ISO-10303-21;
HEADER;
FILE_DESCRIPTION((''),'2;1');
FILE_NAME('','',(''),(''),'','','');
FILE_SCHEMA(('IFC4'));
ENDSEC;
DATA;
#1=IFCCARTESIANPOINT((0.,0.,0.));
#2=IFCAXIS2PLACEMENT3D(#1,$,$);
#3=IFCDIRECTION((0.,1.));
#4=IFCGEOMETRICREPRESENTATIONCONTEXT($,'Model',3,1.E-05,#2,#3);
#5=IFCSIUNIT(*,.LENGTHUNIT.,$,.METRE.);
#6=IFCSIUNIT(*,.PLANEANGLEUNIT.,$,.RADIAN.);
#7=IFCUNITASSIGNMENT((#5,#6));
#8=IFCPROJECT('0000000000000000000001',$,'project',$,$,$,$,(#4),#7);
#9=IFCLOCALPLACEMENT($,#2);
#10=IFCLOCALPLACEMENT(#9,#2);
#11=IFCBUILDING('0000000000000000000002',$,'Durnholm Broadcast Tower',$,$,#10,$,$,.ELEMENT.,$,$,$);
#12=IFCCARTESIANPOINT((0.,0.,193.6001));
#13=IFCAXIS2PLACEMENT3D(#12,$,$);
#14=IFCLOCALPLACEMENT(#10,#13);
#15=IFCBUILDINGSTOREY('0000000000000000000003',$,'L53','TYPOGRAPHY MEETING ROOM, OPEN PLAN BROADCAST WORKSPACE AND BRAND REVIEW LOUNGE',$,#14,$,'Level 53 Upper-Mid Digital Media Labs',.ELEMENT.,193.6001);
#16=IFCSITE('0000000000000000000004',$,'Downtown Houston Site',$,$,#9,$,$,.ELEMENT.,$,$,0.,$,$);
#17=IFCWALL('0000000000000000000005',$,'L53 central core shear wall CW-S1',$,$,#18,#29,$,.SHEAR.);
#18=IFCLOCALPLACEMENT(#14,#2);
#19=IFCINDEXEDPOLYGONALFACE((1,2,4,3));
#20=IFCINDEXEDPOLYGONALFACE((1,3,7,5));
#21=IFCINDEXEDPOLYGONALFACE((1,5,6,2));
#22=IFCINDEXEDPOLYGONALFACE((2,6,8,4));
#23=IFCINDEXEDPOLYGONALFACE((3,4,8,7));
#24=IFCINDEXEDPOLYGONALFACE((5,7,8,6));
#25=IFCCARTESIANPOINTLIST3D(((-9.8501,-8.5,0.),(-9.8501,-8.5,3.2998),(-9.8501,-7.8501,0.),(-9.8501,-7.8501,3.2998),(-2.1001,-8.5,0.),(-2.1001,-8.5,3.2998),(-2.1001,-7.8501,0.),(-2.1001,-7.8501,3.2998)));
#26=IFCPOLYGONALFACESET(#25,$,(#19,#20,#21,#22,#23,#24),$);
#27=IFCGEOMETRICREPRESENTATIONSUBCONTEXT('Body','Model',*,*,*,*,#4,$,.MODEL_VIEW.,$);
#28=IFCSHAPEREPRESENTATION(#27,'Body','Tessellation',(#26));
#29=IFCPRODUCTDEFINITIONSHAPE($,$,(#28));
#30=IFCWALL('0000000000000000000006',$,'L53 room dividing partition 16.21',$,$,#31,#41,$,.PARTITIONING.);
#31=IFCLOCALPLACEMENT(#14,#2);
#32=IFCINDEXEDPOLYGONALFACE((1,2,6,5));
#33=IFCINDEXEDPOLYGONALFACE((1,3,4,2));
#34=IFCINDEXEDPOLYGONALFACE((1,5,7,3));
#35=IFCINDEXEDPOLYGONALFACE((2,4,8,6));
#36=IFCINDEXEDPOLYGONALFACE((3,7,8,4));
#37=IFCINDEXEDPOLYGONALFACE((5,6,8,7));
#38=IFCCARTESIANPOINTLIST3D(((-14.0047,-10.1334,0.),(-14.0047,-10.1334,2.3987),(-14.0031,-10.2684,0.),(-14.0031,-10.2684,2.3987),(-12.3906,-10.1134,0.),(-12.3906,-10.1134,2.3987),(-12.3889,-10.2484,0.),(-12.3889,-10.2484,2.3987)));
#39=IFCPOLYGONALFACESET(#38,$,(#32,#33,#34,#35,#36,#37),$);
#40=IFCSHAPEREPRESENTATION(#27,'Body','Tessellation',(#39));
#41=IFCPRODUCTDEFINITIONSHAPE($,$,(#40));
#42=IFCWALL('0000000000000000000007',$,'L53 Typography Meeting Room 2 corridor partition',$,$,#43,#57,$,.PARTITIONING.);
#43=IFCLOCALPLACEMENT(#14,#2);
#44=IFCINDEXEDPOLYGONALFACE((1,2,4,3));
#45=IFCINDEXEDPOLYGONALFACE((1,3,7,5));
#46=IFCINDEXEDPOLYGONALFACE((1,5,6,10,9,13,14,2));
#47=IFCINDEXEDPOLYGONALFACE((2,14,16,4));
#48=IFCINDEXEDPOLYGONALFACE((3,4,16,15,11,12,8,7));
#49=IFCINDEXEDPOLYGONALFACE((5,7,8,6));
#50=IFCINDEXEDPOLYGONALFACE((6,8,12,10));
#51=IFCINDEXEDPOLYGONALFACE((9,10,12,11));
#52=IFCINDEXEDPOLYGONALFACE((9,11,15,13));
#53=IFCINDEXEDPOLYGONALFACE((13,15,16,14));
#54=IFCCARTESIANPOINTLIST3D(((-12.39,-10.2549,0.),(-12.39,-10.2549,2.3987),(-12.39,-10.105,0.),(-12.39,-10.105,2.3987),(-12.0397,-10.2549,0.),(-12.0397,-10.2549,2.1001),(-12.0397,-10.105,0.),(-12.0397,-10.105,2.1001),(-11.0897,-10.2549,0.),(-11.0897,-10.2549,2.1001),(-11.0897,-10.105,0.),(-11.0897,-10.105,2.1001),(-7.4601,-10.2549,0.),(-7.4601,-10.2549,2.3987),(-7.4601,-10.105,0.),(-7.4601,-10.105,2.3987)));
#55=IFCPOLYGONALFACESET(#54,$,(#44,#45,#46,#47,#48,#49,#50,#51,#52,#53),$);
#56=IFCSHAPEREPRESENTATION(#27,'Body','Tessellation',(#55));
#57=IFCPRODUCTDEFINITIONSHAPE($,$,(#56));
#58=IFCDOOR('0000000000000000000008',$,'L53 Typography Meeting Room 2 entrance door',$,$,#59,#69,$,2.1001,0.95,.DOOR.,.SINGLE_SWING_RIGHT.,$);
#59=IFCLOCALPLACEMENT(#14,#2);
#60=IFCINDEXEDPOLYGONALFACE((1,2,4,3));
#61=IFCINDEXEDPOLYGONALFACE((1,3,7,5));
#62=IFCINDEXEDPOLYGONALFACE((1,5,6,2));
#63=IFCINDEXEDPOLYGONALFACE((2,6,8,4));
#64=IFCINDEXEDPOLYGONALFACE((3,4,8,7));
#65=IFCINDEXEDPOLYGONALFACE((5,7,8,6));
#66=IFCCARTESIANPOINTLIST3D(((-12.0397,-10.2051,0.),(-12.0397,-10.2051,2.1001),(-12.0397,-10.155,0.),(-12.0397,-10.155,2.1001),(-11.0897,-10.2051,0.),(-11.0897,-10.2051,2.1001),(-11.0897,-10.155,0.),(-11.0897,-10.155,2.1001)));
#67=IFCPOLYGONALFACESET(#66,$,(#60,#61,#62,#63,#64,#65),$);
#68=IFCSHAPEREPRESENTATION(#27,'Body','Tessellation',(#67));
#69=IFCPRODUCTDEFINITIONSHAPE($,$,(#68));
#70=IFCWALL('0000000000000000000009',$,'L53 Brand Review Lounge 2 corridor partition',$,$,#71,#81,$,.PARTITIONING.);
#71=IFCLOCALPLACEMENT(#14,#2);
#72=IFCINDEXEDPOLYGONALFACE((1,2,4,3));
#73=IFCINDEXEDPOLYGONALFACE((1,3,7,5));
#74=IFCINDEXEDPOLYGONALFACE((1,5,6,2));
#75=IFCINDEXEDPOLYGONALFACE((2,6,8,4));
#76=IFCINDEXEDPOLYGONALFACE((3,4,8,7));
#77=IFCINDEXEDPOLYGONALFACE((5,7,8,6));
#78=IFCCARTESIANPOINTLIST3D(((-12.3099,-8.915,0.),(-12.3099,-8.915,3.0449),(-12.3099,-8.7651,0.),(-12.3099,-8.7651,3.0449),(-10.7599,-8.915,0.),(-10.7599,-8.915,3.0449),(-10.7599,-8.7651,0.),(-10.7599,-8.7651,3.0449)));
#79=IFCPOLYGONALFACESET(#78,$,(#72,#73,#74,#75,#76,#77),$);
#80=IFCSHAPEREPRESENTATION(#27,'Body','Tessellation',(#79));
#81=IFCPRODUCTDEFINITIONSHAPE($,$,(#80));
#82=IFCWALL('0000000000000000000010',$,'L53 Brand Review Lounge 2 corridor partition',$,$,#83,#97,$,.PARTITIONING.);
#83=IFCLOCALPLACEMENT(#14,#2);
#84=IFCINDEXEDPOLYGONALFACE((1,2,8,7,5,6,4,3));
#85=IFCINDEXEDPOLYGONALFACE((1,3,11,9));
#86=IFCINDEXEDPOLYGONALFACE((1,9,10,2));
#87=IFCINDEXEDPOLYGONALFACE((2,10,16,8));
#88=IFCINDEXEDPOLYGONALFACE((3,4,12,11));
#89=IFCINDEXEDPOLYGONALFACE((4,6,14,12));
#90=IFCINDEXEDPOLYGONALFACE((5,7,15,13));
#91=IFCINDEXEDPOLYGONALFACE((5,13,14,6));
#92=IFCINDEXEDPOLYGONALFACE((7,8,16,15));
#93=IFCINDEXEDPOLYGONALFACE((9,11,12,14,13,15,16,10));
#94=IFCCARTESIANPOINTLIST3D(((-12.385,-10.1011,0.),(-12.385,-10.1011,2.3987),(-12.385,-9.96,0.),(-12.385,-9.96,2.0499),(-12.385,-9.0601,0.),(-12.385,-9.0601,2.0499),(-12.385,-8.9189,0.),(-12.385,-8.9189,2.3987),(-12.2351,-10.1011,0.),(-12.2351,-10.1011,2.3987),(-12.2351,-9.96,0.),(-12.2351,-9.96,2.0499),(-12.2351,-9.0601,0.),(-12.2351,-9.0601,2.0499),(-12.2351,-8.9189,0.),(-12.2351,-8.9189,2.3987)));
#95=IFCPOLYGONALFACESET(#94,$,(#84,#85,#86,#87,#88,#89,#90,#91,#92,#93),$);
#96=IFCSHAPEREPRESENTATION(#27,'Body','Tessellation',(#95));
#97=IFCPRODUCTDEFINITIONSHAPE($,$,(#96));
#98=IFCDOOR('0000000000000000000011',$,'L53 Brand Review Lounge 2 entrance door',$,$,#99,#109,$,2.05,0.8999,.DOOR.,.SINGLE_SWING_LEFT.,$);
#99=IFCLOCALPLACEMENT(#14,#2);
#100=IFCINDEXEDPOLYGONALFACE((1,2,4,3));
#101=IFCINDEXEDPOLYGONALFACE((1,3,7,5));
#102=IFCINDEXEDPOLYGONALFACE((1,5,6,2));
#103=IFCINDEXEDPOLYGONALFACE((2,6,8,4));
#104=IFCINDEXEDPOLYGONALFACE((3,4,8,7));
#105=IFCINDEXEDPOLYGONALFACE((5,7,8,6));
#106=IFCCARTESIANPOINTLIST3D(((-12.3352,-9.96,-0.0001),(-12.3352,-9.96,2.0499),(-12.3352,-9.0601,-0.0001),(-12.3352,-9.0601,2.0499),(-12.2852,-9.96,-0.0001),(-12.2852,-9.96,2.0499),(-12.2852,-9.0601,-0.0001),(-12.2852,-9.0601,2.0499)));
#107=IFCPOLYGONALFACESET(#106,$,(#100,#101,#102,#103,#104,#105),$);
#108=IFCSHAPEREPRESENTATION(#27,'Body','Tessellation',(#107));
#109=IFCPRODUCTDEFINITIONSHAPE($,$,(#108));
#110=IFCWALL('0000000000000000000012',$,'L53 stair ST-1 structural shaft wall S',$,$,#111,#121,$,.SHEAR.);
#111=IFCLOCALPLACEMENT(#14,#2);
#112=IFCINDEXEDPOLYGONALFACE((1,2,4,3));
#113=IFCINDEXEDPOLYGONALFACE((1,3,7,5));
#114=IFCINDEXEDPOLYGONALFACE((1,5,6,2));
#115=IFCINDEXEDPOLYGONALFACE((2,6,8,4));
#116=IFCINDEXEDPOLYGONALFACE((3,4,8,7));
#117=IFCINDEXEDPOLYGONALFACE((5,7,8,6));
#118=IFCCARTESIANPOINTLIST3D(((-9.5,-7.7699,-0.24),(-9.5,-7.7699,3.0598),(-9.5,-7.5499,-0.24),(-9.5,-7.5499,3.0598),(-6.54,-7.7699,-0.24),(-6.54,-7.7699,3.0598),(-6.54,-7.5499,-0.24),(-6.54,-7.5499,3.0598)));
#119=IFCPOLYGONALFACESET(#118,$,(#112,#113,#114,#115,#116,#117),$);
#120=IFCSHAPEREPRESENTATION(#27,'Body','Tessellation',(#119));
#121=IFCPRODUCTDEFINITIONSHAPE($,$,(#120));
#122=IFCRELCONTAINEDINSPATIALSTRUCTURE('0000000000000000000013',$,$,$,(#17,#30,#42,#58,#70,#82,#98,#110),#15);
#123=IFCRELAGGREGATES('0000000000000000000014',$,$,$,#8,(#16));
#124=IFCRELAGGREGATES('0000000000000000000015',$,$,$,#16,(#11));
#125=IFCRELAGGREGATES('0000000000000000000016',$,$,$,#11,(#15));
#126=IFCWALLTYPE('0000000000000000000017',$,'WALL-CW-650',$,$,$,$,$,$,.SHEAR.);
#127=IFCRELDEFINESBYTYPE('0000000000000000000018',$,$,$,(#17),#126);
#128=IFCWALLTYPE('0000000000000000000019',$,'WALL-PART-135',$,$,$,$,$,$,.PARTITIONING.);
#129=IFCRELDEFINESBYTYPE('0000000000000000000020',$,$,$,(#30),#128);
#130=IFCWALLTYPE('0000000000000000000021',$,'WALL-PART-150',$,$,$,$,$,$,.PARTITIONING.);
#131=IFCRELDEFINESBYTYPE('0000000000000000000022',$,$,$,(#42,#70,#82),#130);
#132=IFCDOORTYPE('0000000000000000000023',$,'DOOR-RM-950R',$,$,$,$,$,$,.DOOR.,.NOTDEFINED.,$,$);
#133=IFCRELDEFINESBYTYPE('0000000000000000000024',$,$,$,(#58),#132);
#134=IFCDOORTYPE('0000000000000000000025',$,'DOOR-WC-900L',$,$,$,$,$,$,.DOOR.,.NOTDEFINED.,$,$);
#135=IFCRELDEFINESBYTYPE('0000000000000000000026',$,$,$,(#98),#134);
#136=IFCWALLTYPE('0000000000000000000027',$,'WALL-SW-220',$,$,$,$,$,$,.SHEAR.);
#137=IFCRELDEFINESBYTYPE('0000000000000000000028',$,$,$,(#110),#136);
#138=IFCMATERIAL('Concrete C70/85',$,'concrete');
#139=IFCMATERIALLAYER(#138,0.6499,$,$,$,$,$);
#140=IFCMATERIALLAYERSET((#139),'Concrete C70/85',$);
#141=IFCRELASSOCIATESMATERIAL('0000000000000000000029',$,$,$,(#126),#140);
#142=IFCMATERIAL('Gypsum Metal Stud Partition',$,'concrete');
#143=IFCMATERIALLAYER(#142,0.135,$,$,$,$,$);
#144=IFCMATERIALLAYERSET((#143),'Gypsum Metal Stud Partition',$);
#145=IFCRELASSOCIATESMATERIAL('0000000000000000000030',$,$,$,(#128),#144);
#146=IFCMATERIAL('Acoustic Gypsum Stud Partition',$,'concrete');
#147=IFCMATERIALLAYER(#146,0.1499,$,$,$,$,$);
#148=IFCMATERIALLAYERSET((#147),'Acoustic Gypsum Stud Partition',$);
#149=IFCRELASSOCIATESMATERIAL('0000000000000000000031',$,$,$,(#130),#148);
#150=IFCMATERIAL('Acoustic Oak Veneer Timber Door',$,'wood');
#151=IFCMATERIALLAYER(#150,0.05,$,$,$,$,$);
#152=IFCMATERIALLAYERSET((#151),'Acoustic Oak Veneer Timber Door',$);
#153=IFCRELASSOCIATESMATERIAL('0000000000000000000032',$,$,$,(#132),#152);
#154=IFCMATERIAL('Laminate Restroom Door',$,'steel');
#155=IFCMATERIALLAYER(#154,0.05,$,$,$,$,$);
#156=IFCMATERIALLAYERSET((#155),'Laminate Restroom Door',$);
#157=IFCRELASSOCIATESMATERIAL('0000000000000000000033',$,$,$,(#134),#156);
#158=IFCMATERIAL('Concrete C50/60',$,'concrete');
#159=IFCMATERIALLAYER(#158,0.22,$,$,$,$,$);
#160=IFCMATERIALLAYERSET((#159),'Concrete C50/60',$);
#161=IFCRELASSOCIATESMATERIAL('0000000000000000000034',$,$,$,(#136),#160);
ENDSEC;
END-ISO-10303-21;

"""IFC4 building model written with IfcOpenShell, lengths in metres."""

from ifc_helpers import new_model, si_unit, direction, frame, frame_2d, origin, place, context, subcontext, project, spatial, rectangle, extrude, source, transform, mapped, material, layer, layer_set, type_object, type_shapes, element, fill, save


model = new_model("IFC4")

# Units and contexts
model_context = context("Model", 3, precision=1e-05, world=origin(), true_north=direction((0.0, 1.0)))
body_context = subcontext(model_context, "Body", "Model", "MODEL_VIEW")
ifc_project = project(units=[si_unit("LENGTHUNIT", "METRE"), si_unit("PLANEANGLEUNIT", "RADIAN")], contexts=[model_context])

# Site, building, storey
site_placement = place(None, origin())
site = spatial("IfcSite", under=ifc_project, at=site_placement, Name="Downtown Houston Site", CompositionType="ELEMENT", RefElevation=0.0)
building_placement = place(site_placement, origin())
building = spatial("IfcBuilding", under=site, at=building_placement, Name="Durnholm Broadcast Tower", CompositionType="ELEMENT")
storey_placement = place(building_placement, frame((0.0, 0.0, 193.6001)))
storey = spatial("IfcBuildingStorey", under=building, at=storey_placement, Name="L53", Description="TYPOGRAPHY MEETING ROOM, OPEN PLAN BROADCAST WORKSPACE AND BRAND REVIEW LOUNGE", LongName="Level 53 Upper-Mid Digital Media Labs", CompositionType="ELEMENT", Elevation=193.6001)

# Shared definitions
ifc_material_1 = material(Name="Concrete C70/85", Category="concrete")

# Walls
ifc_layer_1 = layer(ifc_material_1, 0.6499)
ifc_layer_set_1 = layer_set([ifc_layer_1], Name="Concrete C70/85")
wall_type_1 = type_object("IfcWallType", Name="WALL-CW-650", PredefinedType="SHEAR", material=ifc_layer_set_1)
wall_1_placement = place(storey_placement, frame((-9.8501, -8.175, 0.0), z_axis=(0.0, 0.0, 1.0), x_axis=(1.0, 0.0, 0.0)))
element("IfcWall", 1, at=wall_1_placement, inside=storey, type_object=wall_type_1, Name="L53 central core shear wall CW-S1", PredefinedType="SHEAR", context=body_context, shape_type="SweptSolid", body=[
    extrude(rectangle(XDim=7.75, YDim=0.6499, at=frame_2d((3.875, 0.0))), origin(), (0.0, 0.0, 1.0), 3.2998),
])
ifc_material_2 = material(Name="Gypsum Metal Stud Partition", Category="concrete")
ifc_layer_2 = layer(ifc_material_2, 0.135)
ifc_layer_set_2 = layer_set([ifc_layer_2], Name="Gypsum Metal Stud Partition")
wall_type_2 = type_object("IfcWallType", Name="WALL-PART-135", PredefinedType="PARTITIONING", material=ifc_layer_set_2)
wall_2_placement = place(storey_placement, frame((-14.0039, -10.2009, 0.0), z_axis=(0.0, 0.0, 1.0), x_axis=(0.999923, 0.012403, 0.0)))
element("IfcWall", 2, at=wall_2_placement, inside=storey, type_object=wall_type_2, Name="L53 room dividing partition 16.21", PredefinedType="PARTITIONING", context=body_context, shape_type="SweptSolid", body=[
    extrude(rectangle(XDim=1.6143, YDim=0.135, at=frame_2d((0.8071, 0.0))), origin(), (0.0, 0.0, 1.0), 2.3987),
])

# Wall, opening, door
ifc_material_3 = material(Name="Acoustic Gypsum Stud Partition", Category="concrete")
ifc_layer_3 = layer(ifc_material_3, 0.1499)
ifc_layer_set_3 = layer_set([ifc_layer_3], Name="Acoustic Gypsum Stud Partition")
wall_type_3 = type_object("IfcWallType", Name="WALL-PART-150", PredefinedType="PARTITIONING", material=ifc_layer_set_3)
wall_3_placement = place(storey_placement, frame((-12.3899, -10.1799, 0.0), z_axis=(0.0, 0.0, 1.0), x_axis=(1.0, 0.0, 0.0)))
wall_3 = element("IfcWall", 3, at=wall_3_placement, inside=storey, type_object=wall_type_3, Name="L53 Typography Meeting Room 2 corridor partition", PredefinedType="PARTITIONING", context=body_context, shape_type="SweptSolid", body=[
    extrude(rectangle(XDim=4.9299, YDim=0.1499, at=frame_2d((2.4648, 0.0))), origin(), (0.0, 0.0, 1.0), 2.3987),
])
opening_1_placement = place(wall_3_placement, frame((0.3501, 0.0, 0.0)))
opening_1 = element("IfcOpeningElement", 4, at=opening_1_placement, cuts=wall_3, PredefinedType="OPENING", context=body_context, shape_type="SweptSolid", body=[
    extrude(rectangle(XDim=0.95, YDim=2.1001, at=frame_2d((0.4751, 1.05))), frame((0.0, 0.085, 0.0), z_axis=(0.0, -1.0, 0.0), x_axis=(1.0, 0.0, 0.0)), (0.0, 0.0, 1.0), 0.1699),
])
ifc_material_4 = material(Name="Acoustic Oak Veneer Timber Door", Category="wood")
ifc_layer_4 = layer(ifc_material_4, 0.05)
ifc_layer_set_4 = layer_set([ifc_layer_4], Name="Acoustic Oak Veneer Timber Door")
door_type_1 = type_object("IfcDoorType", Name="DOOR-RM-950R", OperationType="NOTDEFINED", PredefinedType="DOOR", material=ifc_layer_set_4)
shared_shape_1 = source(origin(), body_context, "Body", "SweptSolid", [
    extrude(rectangle(XDim=0.95, YDim=2.1001, at=frame_2d((0.4751, 1.05))), frame((0.0, 0.0249, 0.0), z_axis=(0.0, -1.0, 0.0), x_axis=(1.0, 0.0, 0.0)), (0.0, 0.0, 1.0), 0.05),
])
type_shapes(door_type_1, [shared_shape_1])
door_1_placement = place(opening_1_placement, origin())
door_1 = element("IfcDoor", 5, at=door_1_placement, inside=storey, type_object=door_type_1, Name="L53 Typography Meeting Room 2 entrance door", OperationType="SINGLE_SWING_RIGHT", OverallHeight=2.1001, OverallWidth=0.95, PredefinedType="DOOR", context=body_context, shape_type="MappedRepresentation", body=[
    mapped(shared_shape_1, transform((0.0, 0.0, 0.0), x_axis=(1.0, 0.0, 0.0), y_axis=(0.0, 1.0, 0.0), z_axis=(0.0, 0.0, 1.0), scale=1.0)),
])
fill(opening_1, door_1)

# Wall
wall_4_placement = place(storey_placement, frame((-10.76, -8.8401, 0.0), z_axis=(0.0, 0.0, 1.0), x_axis=(-1.0, 0.0, 0.0)))
element("IfcWall", 6, at=wall_4_placement, inside=storey, type_object=wall_type_3, Name="L53 Brand Review Lounge 2 corridor partition", PredefinedType="PARTITIONING", context=body_context, shape_type="SweptSolid", body=[
    extrude(rectangle(XDim=1.55, YDim=0.1499, at=frame_2d((0.7749, 0.0))), origin(), (0.0, 0.0, 1.0), 3.0449),
])

# Wall, opening, door
wall_5_placement = place(storey_placement, frame((-12.3101, -8.9189, 0.0), z_axis=(0.0, 0.0, 1.0), x_axis=(0.0, -1.0, 0.0)))
wall_5 = element("IfcWall", 7, at=wall_5_placement, inside=storey, type_object=wall_type_3, Name="L53 Brand Review Lounge 2 corridor partition", PredefinedType="PARTITIONING", context=body_context, shape_type="SweptSolid", body=[
    extrude(rectangle(XDim=1.1821, YDim=0.1499, at=frame_2d((0.5911, 0.0))), origin(), (0.0, 0.0, 1.0), 2.3987),
])
opening_2_placement = place(wall_5_placement, frame((0.1411, 0.0, 0.0)))
opening_2 = element("IfcOpeningElement", 8, at=opening_2_placement, cuts=wall_5, PredefinedType="OPENING", context=body_context, shape_type="SweptSolid", body=[
    extrude(rectangle(XDim=0.8999, YDim=2.05, at=frame_2d((0.45, 1.0249))), frame((0.0, 0.085, 0.0), z_axis=(0.0, -1.0, 0.0), x_axis=(1.0, 0.0, 0.0)), (0.0, 0.0, 1.0), 0.1699),
])
ifc_material_5 = material(Name="Laminate Restroom Door", Category="steel")
ifc_layer_5 = layer(ifc_material_5, 0.05)
ifc_layer_set_5 = layer_set([ifc_layer_5], Name="Laminate Restroom Door")
door_type_2 = type_object("IfcDoorType", Name="DOOR-WC-900L", OperationType="NOTDEFINED", PredefinedType="DOOR", material=ifc_layer_set_5)
shared_shape_2 = source(origin(), body_context, "Body", "SweptSolid", [
    extrude(rectangle(XDim=0.8999, YDim=2.05, at=frame_2d((0.45, 1.0249))), frame((0.0, 0.0249, 0.0), z_axis=(0.0, -1.0, 0.0), x_axis=(1.0, 0.0, 0.0)), (0.0, 0.0, 1.0), 0.05),
])
type_shapes(door_type_2, [shared_shape_2])
door_2_placement = place(opening_2_placement, origin())
door_2 = element("IfcDoor", 9, at=door_2_placement, inside=storey, type_object=door_type_2, Name="L53 Brand Review Lounge 2 entrance door", OperationType="SINGLE_SWING_LEFT", OverallHeight=2.05, OverallWidth=0.8999, PredefinedType="DOOR", context=body_context, shape_type="MappedRepresentation", body=[
    mapped(shared_shape_2, transform((0.0, 0.0, 0.0), x_axis=(1.0, 0.0, 0.0), y_axis=(0.0, 1.0, 0.0), z_axis=(0.0, 0.0, 1.0), scale=1.0)),
])
fill(opening_2, door_2)

# Wall
ifc_material_6 = material(Name="Concrete C50/60", Category="concrete")
ifc_layer_6 = layer(ifc_material_6, 0.22)
ifc_layer_set_6 = layer_set([ifc_layer_6], Name="Concrete C50/60")
wall_type_4 = type_object("IfcWallType", Name="WALL-SW-220", PredefinedType="SHEAR", material=ifc_layer_set_6)
wall_6_placement = place(storey_placement, frame((-9.5, -7.6599, -0.24), z_axis=(0.0, 0.0, 1.0), x_axis=(1.0, 0.0, 0.0)))
element("IfcWall", 10, at=wall_6_placement, inside=storey, type_object=wall_type_4, Name="L53 stair ST-1 structural shaft wall S", PredefinedType="SHEAR", context=body_context, shape_type="SweptSolid", body=[
    extrude(rectangle(XDim=2.96, YDim=0.22, at=frame_2d((1.48, 0.0))), origin(), (0.0, 0.0, 1.0), 3.2998),
])

save(model, "model.ifc")
